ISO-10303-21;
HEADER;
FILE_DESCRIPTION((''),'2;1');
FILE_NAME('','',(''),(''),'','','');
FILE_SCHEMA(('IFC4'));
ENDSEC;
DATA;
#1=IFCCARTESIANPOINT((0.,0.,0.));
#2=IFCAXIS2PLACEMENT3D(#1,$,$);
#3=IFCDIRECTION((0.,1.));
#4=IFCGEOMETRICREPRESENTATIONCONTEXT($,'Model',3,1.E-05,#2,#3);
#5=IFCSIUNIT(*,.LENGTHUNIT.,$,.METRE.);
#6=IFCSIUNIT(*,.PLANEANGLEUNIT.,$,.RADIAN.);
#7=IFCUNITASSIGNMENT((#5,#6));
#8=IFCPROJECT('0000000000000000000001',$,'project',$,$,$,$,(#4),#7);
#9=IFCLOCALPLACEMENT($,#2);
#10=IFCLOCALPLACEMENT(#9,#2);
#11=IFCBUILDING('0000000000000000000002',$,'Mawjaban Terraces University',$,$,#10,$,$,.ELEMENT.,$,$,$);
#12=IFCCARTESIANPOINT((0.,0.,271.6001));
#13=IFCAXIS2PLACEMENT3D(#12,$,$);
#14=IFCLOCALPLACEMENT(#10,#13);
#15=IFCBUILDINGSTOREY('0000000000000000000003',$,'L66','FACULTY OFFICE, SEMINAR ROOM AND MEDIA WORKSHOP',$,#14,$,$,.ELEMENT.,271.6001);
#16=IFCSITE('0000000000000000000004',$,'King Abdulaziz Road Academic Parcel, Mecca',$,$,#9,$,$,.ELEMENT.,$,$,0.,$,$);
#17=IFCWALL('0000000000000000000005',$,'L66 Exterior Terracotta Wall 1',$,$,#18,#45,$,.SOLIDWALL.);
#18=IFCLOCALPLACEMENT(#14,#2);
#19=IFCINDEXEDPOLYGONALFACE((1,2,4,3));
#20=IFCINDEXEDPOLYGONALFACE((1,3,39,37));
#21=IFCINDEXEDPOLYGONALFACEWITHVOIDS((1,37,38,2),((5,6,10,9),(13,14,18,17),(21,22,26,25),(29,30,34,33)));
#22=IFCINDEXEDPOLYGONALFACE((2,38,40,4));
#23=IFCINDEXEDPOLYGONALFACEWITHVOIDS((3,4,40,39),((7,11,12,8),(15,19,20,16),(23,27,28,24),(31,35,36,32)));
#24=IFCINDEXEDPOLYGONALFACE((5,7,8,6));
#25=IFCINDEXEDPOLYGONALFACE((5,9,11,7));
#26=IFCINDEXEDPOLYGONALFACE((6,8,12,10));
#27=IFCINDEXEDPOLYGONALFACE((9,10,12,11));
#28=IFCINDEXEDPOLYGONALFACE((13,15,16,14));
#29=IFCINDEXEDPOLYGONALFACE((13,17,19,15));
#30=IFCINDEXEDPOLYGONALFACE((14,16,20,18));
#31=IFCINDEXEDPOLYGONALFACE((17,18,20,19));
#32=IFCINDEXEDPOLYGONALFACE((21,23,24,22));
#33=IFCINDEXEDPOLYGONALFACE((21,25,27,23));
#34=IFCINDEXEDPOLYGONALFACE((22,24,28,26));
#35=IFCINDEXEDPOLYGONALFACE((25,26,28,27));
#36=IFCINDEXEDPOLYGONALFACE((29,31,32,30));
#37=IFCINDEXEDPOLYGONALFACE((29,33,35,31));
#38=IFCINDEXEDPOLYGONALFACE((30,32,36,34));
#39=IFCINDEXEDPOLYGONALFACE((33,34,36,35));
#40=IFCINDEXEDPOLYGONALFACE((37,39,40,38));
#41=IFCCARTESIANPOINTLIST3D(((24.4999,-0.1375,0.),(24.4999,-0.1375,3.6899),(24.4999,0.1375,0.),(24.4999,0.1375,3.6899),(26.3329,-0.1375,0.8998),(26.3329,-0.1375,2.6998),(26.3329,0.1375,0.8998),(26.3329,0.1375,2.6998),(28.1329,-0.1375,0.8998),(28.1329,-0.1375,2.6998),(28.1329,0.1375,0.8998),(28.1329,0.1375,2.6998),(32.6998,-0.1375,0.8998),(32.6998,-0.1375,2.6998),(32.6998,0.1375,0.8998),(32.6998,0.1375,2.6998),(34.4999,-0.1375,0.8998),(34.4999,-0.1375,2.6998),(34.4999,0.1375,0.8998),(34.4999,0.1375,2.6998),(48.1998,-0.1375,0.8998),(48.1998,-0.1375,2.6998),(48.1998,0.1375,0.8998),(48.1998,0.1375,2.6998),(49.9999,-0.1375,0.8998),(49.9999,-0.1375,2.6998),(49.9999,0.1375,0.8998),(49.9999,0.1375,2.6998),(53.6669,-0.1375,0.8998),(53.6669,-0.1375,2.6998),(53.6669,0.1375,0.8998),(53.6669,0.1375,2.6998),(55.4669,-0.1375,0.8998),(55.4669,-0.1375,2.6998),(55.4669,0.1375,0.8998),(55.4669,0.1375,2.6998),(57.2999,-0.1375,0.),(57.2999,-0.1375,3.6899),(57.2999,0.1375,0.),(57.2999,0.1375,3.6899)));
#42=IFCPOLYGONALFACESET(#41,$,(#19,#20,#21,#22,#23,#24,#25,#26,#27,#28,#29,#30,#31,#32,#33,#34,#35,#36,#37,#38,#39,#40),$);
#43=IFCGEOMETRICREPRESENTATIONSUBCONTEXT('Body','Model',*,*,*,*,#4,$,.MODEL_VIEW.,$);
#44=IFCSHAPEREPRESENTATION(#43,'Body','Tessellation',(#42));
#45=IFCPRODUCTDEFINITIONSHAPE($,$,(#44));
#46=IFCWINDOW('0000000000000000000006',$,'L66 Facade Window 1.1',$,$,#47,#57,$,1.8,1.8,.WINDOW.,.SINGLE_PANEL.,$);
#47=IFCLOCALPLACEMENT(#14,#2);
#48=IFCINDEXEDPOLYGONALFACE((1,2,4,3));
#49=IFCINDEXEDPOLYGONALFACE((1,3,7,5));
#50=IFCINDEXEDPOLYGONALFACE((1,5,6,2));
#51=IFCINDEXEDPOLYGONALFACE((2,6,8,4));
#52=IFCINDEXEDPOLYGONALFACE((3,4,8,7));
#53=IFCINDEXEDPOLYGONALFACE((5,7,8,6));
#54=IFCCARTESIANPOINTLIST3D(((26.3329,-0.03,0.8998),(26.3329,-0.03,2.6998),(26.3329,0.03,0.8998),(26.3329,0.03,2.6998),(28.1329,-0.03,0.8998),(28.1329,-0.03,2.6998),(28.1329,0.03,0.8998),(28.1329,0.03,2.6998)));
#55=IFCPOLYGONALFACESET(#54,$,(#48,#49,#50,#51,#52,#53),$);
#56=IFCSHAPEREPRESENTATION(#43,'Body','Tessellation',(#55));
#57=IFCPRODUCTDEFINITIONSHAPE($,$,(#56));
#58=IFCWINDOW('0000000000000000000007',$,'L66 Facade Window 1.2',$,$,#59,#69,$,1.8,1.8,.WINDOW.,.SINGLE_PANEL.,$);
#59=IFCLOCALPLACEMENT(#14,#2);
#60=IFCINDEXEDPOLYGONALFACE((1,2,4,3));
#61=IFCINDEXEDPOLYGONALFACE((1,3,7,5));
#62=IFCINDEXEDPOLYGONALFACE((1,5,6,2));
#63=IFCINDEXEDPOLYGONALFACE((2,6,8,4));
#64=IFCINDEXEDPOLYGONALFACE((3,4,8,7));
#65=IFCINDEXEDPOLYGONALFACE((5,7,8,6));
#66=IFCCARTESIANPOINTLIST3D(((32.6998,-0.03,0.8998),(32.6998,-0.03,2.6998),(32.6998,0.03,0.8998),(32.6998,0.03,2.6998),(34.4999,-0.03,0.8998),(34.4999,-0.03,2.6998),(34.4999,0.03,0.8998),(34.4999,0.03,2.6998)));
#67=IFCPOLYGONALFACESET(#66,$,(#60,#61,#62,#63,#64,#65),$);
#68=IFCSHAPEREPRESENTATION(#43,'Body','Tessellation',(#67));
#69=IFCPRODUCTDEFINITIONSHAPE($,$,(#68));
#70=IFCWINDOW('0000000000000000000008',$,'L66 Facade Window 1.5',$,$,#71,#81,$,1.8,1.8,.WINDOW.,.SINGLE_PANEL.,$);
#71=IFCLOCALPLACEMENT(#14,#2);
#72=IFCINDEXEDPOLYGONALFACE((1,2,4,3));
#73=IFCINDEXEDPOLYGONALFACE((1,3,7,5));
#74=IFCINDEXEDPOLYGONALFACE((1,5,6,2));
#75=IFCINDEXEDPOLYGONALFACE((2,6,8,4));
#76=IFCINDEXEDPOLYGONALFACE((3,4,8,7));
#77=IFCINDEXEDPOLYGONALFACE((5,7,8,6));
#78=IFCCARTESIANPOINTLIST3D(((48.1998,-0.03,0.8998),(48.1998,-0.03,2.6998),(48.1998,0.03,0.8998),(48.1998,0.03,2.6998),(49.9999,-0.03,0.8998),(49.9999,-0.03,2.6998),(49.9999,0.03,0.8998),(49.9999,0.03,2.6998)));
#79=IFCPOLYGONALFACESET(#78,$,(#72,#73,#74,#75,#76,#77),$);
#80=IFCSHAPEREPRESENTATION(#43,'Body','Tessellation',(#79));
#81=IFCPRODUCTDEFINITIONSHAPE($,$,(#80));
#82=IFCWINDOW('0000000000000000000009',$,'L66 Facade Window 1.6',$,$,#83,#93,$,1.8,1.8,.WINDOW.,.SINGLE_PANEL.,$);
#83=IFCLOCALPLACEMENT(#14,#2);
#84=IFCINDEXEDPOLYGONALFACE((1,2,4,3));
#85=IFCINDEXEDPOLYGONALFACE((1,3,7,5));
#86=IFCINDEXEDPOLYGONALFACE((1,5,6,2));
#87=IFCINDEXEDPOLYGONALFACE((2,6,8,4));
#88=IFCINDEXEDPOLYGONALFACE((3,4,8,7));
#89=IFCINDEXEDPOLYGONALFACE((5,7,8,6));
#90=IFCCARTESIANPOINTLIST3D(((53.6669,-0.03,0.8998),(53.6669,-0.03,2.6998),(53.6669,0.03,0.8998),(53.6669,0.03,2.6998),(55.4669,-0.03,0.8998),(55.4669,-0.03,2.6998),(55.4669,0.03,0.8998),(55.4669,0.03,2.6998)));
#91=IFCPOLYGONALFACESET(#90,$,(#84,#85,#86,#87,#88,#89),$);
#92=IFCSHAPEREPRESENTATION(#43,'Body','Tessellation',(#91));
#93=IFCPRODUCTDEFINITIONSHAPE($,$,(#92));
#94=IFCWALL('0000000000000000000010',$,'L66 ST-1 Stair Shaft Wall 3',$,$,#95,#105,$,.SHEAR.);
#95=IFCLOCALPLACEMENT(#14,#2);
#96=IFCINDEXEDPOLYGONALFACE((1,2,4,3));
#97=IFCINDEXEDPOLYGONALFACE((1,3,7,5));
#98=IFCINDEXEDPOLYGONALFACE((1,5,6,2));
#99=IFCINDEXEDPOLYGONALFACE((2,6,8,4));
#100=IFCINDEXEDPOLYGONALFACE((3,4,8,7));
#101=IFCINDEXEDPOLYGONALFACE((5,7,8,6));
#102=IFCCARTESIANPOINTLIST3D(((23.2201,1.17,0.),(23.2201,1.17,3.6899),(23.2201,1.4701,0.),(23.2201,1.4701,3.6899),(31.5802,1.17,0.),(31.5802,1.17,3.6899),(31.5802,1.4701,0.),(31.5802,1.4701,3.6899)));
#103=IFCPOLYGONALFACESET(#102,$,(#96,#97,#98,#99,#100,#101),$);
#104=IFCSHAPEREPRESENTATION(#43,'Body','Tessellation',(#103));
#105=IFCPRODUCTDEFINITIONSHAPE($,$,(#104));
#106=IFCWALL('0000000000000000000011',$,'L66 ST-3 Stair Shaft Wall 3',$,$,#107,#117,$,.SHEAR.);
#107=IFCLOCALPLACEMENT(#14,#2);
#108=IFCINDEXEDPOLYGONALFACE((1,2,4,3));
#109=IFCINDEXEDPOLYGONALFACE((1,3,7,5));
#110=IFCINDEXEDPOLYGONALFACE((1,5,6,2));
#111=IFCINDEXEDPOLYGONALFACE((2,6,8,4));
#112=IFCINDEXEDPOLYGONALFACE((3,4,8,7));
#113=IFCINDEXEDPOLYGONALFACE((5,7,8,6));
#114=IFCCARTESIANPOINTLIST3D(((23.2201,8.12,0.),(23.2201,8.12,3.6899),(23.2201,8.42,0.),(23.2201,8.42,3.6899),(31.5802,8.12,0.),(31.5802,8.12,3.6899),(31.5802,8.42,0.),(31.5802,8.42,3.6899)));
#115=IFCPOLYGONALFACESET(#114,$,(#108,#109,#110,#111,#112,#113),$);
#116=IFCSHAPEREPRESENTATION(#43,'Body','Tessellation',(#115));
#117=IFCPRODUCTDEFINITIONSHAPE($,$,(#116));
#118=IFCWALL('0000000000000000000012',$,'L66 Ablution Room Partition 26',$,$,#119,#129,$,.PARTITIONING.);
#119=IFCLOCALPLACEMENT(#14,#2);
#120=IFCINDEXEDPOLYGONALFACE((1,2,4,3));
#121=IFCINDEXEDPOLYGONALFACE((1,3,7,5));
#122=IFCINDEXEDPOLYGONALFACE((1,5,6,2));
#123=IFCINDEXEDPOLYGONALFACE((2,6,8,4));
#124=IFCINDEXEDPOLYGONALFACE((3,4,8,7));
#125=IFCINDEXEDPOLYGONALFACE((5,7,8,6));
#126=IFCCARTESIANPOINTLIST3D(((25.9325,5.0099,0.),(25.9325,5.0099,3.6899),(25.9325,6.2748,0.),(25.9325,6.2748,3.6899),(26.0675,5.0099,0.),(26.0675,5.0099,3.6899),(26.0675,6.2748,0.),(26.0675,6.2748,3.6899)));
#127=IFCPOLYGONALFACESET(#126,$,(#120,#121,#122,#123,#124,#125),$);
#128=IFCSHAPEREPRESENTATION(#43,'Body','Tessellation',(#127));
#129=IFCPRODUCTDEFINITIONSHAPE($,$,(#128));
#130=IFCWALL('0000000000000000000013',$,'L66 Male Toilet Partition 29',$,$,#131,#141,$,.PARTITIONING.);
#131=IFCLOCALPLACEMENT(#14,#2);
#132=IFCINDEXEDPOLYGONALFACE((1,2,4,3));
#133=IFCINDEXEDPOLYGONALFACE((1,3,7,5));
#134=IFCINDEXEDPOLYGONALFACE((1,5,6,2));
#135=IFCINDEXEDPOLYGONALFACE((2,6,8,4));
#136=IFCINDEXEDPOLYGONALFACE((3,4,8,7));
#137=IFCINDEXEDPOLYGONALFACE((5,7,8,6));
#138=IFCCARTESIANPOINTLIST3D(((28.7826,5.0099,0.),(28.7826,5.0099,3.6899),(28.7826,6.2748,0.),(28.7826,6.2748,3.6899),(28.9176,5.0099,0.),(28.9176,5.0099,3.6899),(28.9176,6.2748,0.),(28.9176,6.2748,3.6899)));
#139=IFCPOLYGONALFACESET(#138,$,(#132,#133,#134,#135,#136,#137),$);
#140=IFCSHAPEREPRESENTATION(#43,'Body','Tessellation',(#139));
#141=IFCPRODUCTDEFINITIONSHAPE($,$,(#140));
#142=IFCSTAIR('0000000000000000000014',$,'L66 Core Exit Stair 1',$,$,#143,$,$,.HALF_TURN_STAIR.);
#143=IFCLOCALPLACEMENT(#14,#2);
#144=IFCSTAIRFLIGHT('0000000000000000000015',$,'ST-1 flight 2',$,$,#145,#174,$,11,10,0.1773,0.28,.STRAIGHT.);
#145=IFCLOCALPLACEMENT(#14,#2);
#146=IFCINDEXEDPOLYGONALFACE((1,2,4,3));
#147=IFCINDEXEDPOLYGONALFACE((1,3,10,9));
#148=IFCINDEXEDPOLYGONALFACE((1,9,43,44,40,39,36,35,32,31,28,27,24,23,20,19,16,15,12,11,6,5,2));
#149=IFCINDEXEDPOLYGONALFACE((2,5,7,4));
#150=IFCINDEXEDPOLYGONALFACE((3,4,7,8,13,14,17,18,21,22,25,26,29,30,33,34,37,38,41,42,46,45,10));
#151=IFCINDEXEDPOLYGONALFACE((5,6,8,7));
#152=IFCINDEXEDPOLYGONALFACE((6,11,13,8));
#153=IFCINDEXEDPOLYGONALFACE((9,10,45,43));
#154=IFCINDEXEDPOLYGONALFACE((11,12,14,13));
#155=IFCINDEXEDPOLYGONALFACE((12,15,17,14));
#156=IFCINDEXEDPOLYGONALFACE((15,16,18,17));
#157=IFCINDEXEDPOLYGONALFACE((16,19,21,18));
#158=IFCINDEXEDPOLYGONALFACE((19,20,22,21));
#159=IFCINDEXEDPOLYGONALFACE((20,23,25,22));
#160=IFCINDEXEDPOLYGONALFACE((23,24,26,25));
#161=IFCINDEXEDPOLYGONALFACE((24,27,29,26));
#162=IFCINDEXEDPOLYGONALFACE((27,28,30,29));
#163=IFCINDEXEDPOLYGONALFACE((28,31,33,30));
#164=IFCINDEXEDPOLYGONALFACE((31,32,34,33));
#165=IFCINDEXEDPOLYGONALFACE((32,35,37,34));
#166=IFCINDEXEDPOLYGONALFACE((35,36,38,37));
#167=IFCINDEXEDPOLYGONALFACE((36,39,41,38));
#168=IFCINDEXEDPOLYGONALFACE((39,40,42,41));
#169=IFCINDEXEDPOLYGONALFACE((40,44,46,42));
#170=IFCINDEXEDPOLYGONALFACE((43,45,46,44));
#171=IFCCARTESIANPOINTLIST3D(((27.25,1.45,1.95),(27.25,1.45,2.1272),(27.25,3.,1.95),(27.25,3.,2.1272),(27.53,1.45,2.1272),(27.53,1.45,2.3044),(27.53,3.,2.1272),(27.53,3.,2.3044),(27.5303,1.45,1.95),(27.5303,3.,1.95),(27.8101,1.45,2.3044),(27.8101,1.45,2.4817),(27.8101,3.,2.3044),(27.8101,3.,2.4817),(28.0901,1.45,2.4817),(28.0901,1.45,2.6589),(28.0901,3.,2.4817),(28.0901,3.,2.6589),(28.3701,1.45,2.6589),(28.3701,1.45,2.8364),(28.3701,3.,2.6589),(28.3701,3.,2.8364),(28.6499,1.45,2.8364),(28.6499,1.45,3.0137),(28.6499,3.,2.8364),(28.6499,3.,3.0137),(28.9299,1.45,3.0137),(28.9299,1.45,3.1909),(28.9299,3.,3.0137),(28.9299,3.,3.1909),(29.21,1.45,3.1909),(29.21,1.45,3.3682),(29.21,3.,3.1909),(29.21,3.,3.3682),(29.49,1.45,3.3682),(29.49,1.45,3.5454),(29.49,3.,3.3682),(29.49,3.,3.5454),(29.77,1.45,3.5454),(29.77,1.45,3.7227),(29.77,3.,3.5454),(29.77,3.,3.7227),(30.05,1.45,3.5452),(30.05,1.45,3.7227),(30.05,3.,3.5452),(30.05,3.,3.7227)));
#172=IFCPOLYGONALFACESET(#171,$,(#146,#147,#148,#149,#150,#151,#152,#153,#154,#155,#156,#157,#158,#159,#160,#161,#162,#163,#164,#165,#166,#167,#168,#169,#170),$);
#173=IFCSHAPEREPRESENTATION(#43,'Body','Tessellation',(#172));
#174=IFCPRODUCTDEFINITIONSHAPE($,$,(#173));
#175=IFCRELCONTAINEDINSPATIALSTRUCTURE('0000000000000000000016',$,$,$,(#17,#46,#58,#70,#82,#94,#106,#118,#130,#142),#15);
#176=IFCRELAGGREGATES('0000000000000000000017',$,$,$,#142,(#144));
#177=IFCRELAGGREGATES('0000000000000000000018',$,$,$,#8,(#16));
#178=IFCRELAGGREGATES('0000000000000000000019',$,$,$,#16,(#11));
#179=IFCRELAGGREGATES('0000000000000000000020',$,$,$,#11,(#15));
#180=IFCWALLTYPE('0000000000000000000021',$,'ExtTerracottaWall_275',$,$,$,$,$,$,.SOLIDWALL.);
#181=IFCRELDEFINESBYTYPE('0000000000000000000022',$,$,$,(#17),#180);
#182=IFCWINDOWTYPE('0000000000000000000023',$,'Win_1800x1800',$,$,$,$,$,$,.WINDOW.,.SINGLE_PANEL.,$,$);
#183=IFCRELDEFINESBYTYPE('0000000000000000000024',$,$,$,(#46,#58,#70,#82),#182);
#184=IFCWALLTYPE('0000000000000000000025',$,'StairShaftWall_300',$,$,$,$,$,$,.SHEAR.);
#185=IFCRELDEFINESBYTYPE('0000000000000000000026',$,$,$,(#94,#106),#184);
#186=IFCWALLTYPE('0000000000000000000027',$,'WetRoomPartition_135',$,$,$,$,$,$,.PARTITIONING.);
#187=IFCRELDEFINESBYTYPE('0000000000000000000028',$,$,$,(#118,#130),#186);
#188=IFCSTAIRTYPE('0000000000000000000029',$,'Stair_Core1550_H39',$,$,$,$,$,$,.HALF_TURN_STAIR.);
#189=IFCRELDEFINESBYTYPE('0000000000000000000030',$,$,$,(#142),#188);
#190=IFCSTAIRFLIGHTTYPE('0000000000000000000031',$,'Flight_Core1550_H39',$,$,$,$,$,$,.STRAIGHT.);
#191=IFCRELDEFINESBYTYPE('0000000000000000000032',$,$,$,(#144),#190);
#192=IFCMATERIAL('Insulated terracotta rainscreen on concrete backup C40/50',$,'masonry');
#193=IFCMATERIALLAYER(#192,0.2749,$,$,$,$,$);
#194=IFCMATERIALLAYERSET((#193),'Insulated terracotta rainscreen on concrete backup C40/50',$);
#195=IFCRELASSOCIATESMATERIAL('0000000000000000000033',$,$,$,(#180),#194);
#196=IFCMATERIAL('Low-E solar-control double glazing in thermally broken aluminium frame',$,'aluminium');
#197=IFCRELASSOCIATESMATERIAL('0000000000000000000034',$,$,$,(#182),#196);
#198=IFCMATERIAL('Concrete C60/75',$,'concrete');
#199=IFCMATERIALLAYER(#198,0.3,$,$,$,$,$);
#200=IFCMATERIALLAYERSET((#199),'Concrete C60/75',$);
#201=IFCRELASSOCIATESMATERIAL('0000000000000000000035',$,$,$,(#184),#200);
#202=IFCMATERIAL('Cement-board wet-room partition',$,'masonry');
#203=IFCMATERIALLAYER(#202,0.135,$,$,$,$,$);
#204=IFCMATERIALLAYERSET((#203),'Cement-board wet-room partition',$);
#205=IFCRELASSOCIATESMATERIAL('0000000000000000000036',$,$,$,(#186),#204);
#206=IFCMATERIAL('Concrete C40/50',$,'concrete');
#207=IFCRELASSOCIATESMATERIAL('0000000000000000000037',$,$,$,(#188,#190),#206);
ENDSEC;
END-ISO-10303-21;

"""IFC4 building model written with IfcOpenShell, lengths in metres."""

from ifc_helpers import new_model, si_unit, direction, frame, frame_2d, origin, place, context, subcontext, project, spatial, polyline, rectangle, outline, extrude, material, layer, layer_set, type_object, element, fill, aggregate, save


model = new_model("IFC4")

# Units and contexts
model_context = context("Model", 3, precision=1e-05, world=origin(), true_north=direction((0.0, 1.0)))
body_context = subcontext(model_context, "Body", "Model", "MODEL_VIEW")
ifc_project = project(units=[si_unit("LENGTHUNIT", "METRE"), si_unit("PLANEANGLEUNIT", "RADIAN")], contexts=[model_context])

# Site, building, storey
site_placement = place(None, origin())
site = spatial("IfcSite", under=ifc_project, at=site_placement, Name="King Abdulaziz Road Academic Parcel, Mecca", CompositionType="ELEMENT", RefElevation=0.0)
building_placement = place(site_placement, origin())
building = spatial("IfcBuilding", under=site, at=building_placement, Name="Mawjaban Terraces University", CompositionType="ELEMENT")
storey_placement = place(building_placement, frame((0.0, 0.0, 271.6001)))
storey = spatial("IfcBuildingStorey", under=building, at=storey_placement, Name="L66", Description="FACULTY OFFICE, SEMINAR ROOM AND MEDIA WORKSHOP", CompositionType="ELEMENT", Elevation=271.6001)

# Wall, openings, windows
ifc_material_1 = material(Name="Insulated terracotta rainscreen on concrete backup C40/50", Category="masonry")
ifc_layer_1 = layer(ifc_material_1, 0.2749)
ifc_layer_set_1 = layer_set([ifc_layer_1], Name="Insulated terracotta rainscreen on concrete backup C40/50")
wall_type_1 = type_object("IfcWallType", Name="ExtTerracottaWall_275", PredefinedType="SOLIDWALL", material=ifc_layer_set_1)
wall_1_placement = place(storey_placement, frame((24.5, 0.0, 0.0), z_axis=(0.0, 0.0, 1.0), x_axis=(1.0, 0.0, 0.0)))
wall_1 = element("IfcWall", 1, at=wall_1_placement, inside=storey, type_object=wall_type_1, Name="L66 Exterior Terracotta Wall 1", PredefinedType="SOLIDWALL", context=body_context, shape_type="SweptSolid", body=[
    extrude(rectangle(XDim=32.8, YDim=0.2749, at=frame_2d((16.3999, 0.0))), origin(), (0.0, 0.0, 1.0), 3.6899),
])
opening_1_placement = place(wall_1_placement, frame((1.833, 0.0, 0.8999)))
opening_1 = element("IfcOpeningElement", 2, at=opening_1_placement, cuts=wall_1, PredefinedType="OPENING", context=body_context, shape_type="SweptSolid", body=[
    extrude(rectangle(XDim=1.8, YDim=1.8, at=frame_2d((0.8999, 0.8999))), frame((0.0, 0.1475, 0.0), z_axis=(0.0, -1.0, 0.0), x_axis=(1.0, 0.0, 0.0)), (0.0, 0.0, 1.0), 0.2949),
])
opening_2_placement = place(wall_1_placement, frame((8.2, 0.0, 0.8999)))
opening_2 = element("IfcOpeningElement", 3, at=opening_2_placement, cuts=wall_1, PredefinedType="OPENING", context=body_context, shape_type="SweptSolid", body=[
    extrude(rectangle(XDim=1.8, YDim=1.8, at=frame_2d((0.8999, 0.8999))), frame((0.0, 0.1475, 0.0), z_axis=(0.0, -1.0, 0.0), x_axis=(1.0, 0.0, 0.0)), (0.0, 0.0, 1.0), 0.2949),
])
opening_3_placement = place(wall_1_placement, frame((23.7, 0.0, 0.8999)))
opening_3 = element("IfcOpeningElement", 4, at=opening_3_placement, cuts=wall_1, PredefinedType="OPENING", context=body_context, shape_type="SweptSolid", body=[
    extrude(rectangle(XDim=1.8, YDim=1.8, at=frame_2d((0.8999, 0.8999))), frame((0.0, 0.1475, 0.0), z_axis=(0.0, -1.0, 0.0), x_axis=(1.0, 0.0, 0.0)), (0.0, 0.0, 1.0), 0.2949),
])
opening_4_placement = place(wall_1_placement, frame((29.167, 0.0, 0.8999)))
opening_4 = element("IfcOpeningElement", 5, at=opening_4_placement, cuts=wall_1, PredefinedType="OPENING", context=body_context, shape_type="SweptSolid", body=[
    extrude(rectangle(XDim=1.8, YDim=1.8, at=frame_2d((0.8999, 0.8999))), frame((0.0, 0.1475, 0.0), z_axis=(0.0, -1.0, 0.0), x_axis=(1.0, 0.0, 0.0)), (0.0, 0.0, 1.0), 0.2949),
])
ifc_material_2 = material(Name="Low-E solar-control double glazing in thermally broken aluminium frame", Category="aluminium")
window_type = type_object("IfcWindowType", Name="Win_1800x1800", PartitioningType="SINGLE_PANEL", PredefinedType="WINDOW", material=ifc_material_2)
window_1_placement = place(opening_1_placement, origin())
window_1 = element("IfcWindow", 6, at=window_1_placement, inside=storey, type_object=window_type, Name="L66 Facade Window 1.1", OverallHeight=1.8, OverallWidth=1.8, PartitioningType="SINGLE_PANEL", PredefinedType="WINDOW", context=body_context, shape_type="SweptSolid", body=[
    extrude(rectangle(XDim=1.8, YDim=1.8, at=frame_2d((0.8999, 0.8999))), frame((0.0, 0.03, 0.0), z_axis=(0.0, -1.0, 0.0), x_axis=(1.0, 0.0, 0.0)), (0.0, 0.0, 1.0), 0.0601),
])
fill(opening_1, window_1)
window_2_placement = place(opening_2_placement, origin())
window_2 = element("IfcWindow", 7, at=window_2_placement, inside=storey, type_object=window_type, Name="L66 Facade Window 1.2", OverallHeight=1.8, OverallWidth=1.8, PartitioningType="SINGLE_PANEL", PredefinedType="WINDOW", context=body_context, shape_type="SweptSolid", body=[
    extrude(rectangle(XDim=1.8, YDim=1.8, at=frame_2d((0.8999, 0.8999))), frame((0.0, 0.03, 0.0), z_axis=(0.0, -1.0, 0.0), x_axis=(1.0, 0.0, 0.0)), (0.0, 0.0, 1.0), 0.0601),
])
fill(opening_2, window_2)
window_3_placement = place(opening_3_placement, origin())
window_3 = element("IfcWindow", 8, at=window_3_placement, inside=storey, type_object=window_type, Name="L66 Facade Window 1.5", OverallHeight=1.8, OverallWidth=1.8, PartitioningType="SINGLE_PANEL", PredefinedType="WINDOW", context=body_context, shape_type="SweptSolid", body=[
    extrude(rectangle(XDim=1.8, YDim=1.8, at=frame_2d((0.8999, 0.8999))), frame((0.0, 0.03, 0.0), z_axis=(0.0, -1.0, 0.0), x_axis=(1.0, 0.0, 0.0)), (0.0, 0.0, 1.0), 0.0601),
])
fill(opening_3, window_3)
window_4_placement = place(opening_4_placement, origin())
window_4 = element("IfcWindow", 9, at=window_4_placement, inside=storey, type_object=window_type, Name="L66 Facade Window 1.6", OverallHeight=1.8, OverallWidth=1.8, PartitioningType="SINGLE_PANEL", PredefinedType="WINDOW", context=body_context, shape_type="SweptSolid", body=[
    extrude(rectangle(XDim=1.8, YDim=1.8, at=frame_2d((0.8999, 0.8999))), frame((0.0, 0.03, 0.0), z_axis=(0.0, -1.0, 0.0), x_axis=(1.0, 0.0, 0.0)), (0.0, 0.0, 1.0), 0.0601),
])
fill(opening_4, window_4)

# Walls
ifc_material_3 = material(Name="Concrete C60/75", Category="concrete")
ifc_layer_2 = layer(ifc_material_3, 0.3)
ifc_layer_set_2 = layer_set([ifc_layer_2], Name="Concrete C60/75")
wall_type_2 = type_object("IfcWallType", Name="StairShaftWall_300", PredefinedType="SHEAR", material=ifc_layer_set_2)
for number, where, z_axis, x_axis, name in (
    (10, (23.22, 1.3201, 0.0), (0.0, 0.0, 1.0), (1.0, 0.0, 0.0), "L66 ST-1 Stair Shaft Wall 3"),
    (11, (23.22, 8.27, 0.0), (0.0, 0.0, 1.0), (1.0, 0.0, 0.0), "L66 ST-3 Stair Shaft Wall 3"),
):
    element("IfcWall", number, at=place(storey_placement, frame(where, z_axis=z_axis, x_axis=x_axis)), inside=storey, type_object=wall_type_2, Name=name, PredefinedType="SHEAR", context=body_context, shape_type="SweptSolid", body=[
        extrude(rectangle(XDim=8.3601, YDim=0.3, at=frame_2d((4.1802, 0.0))), origin(), (0.0, 0.0, 1.0), 3.6899),
    ])
ifc_material_4 = material(Name="Cement-board wet-room partition", Category="masonry")
ifc_layer_3 = layer(ifc_material_4, 0.135)
ifc_layer_set_3 = layer_set([ifc_layer_3], Name="Cement-board wet-room partition")
wall_type_3 = type_object("IfcWallType", Name="WetRoomPartition_135", PredefinedType="PARTITIONING", material=ifc_layer_set_3)
for number, where, z_axis, x_axis, name in (
    (12, (26.0, 5.01, 0.0), (0.0, 0.0, 1.0), (0.0, 1.0, 0.0), "L66 Ablution Room Partition 26"),
    (13, (28.8501, 5.01, 0.0), (0.0, 0.0, 1.0), (0.0, 1.0, 0.0), "L66 Male Toilet Partition 29"),
):
    element("IfcWall", number, at=place(storey_placement, frame(where, z_axis=z_axis, x_axis=x_axis)), inside=storey, type_object=wall_type_3, Name=name, PredefinedType="PARTITIONING", context=body_context, shape_type="SweptSolid", body=[
        extrude(rectangle(XDim=1.2649, YDim=0.135, at=frame_2d((0.6323, 0.0))), origin(), (0.0, 0.0, 1.0), 3.6899),
    ])

# Stair, stair flight
ifc_material_5 = material(Name="Concrete C40/50", Category="concrete")
stair_type = type_object("IfcStairType", Name="Stair_Core1550_H39", PredefinedType="HALF_TURN_STAIR", material=ifc_material_5)
stair_1_placement = place(storey_placement, origin())
stair_1 = element("IfcStair", 14, at=stair_1_placement, inside=storey, type_object=stair_type, Name="L66 Core Exit Stair 1", PredefinedType="HALF_TURN_STAIR")
stair_flight_type = type_object("IfcStairFlightType", Name="Flight_Core1550_H39", PredefinedType="STRAIGHT", material=ifc_material_5)
stair_flight_1_placement = place(storey_placement, frame((27.25, 2.2251, 1.95), z_axis=(0.0, 0.0, 1.0), x_axis=(1.0, 0.0, 0.0)))
stair_flight_1 = element("IfcStairFlight", 15, at=stair_flight_1_placement, type_object=stair_flight_type, Name="ST-1 flight 2", NumberOfRisers=11, NumberOfTreads=10, PredefinedType="STRAIGHT", RiserHeight=0.1773, TreadLength=0.28, context=body_context, shape_type="SweptSolid", body=[
    extrude(outline(polyline([(0.0, 0.0), (0.0, 0.1772), (0.28, 0.1772), (0.28, 0.3545), (0.5601, 0.3545), (0.5601, 0.5317), (0.8401, 0.5317), (0.8401, 0.709), (1.1201, 0.709), (1.1201, 0.8865), (1.3999, 0.8865), (1.3999, 1.0637), (1.6799, 1.0637), (1.6799, 1.241), (1.96, 1.241), (1.96, 1.4182), (2.24, 1.4182), (2.24, 1.5955), (2.52, 1.5955), (2.52, 1.7727), (2.8, 1.7727), (2.8, 1.95), (2.8, 1.5952), (0.2803, 0.0), (0.0, 0.0)])), frame((0.0, 0.7749, 0.0), z_axis=(0.0, -1.0, 0.0), x_axis=(1.0, 0.0, 0.0)), (0.0, 0.0, 1.0), 1.55),
])
aggregate(stair_1, [stair_flight_1])

save(model, "model.ifc")
